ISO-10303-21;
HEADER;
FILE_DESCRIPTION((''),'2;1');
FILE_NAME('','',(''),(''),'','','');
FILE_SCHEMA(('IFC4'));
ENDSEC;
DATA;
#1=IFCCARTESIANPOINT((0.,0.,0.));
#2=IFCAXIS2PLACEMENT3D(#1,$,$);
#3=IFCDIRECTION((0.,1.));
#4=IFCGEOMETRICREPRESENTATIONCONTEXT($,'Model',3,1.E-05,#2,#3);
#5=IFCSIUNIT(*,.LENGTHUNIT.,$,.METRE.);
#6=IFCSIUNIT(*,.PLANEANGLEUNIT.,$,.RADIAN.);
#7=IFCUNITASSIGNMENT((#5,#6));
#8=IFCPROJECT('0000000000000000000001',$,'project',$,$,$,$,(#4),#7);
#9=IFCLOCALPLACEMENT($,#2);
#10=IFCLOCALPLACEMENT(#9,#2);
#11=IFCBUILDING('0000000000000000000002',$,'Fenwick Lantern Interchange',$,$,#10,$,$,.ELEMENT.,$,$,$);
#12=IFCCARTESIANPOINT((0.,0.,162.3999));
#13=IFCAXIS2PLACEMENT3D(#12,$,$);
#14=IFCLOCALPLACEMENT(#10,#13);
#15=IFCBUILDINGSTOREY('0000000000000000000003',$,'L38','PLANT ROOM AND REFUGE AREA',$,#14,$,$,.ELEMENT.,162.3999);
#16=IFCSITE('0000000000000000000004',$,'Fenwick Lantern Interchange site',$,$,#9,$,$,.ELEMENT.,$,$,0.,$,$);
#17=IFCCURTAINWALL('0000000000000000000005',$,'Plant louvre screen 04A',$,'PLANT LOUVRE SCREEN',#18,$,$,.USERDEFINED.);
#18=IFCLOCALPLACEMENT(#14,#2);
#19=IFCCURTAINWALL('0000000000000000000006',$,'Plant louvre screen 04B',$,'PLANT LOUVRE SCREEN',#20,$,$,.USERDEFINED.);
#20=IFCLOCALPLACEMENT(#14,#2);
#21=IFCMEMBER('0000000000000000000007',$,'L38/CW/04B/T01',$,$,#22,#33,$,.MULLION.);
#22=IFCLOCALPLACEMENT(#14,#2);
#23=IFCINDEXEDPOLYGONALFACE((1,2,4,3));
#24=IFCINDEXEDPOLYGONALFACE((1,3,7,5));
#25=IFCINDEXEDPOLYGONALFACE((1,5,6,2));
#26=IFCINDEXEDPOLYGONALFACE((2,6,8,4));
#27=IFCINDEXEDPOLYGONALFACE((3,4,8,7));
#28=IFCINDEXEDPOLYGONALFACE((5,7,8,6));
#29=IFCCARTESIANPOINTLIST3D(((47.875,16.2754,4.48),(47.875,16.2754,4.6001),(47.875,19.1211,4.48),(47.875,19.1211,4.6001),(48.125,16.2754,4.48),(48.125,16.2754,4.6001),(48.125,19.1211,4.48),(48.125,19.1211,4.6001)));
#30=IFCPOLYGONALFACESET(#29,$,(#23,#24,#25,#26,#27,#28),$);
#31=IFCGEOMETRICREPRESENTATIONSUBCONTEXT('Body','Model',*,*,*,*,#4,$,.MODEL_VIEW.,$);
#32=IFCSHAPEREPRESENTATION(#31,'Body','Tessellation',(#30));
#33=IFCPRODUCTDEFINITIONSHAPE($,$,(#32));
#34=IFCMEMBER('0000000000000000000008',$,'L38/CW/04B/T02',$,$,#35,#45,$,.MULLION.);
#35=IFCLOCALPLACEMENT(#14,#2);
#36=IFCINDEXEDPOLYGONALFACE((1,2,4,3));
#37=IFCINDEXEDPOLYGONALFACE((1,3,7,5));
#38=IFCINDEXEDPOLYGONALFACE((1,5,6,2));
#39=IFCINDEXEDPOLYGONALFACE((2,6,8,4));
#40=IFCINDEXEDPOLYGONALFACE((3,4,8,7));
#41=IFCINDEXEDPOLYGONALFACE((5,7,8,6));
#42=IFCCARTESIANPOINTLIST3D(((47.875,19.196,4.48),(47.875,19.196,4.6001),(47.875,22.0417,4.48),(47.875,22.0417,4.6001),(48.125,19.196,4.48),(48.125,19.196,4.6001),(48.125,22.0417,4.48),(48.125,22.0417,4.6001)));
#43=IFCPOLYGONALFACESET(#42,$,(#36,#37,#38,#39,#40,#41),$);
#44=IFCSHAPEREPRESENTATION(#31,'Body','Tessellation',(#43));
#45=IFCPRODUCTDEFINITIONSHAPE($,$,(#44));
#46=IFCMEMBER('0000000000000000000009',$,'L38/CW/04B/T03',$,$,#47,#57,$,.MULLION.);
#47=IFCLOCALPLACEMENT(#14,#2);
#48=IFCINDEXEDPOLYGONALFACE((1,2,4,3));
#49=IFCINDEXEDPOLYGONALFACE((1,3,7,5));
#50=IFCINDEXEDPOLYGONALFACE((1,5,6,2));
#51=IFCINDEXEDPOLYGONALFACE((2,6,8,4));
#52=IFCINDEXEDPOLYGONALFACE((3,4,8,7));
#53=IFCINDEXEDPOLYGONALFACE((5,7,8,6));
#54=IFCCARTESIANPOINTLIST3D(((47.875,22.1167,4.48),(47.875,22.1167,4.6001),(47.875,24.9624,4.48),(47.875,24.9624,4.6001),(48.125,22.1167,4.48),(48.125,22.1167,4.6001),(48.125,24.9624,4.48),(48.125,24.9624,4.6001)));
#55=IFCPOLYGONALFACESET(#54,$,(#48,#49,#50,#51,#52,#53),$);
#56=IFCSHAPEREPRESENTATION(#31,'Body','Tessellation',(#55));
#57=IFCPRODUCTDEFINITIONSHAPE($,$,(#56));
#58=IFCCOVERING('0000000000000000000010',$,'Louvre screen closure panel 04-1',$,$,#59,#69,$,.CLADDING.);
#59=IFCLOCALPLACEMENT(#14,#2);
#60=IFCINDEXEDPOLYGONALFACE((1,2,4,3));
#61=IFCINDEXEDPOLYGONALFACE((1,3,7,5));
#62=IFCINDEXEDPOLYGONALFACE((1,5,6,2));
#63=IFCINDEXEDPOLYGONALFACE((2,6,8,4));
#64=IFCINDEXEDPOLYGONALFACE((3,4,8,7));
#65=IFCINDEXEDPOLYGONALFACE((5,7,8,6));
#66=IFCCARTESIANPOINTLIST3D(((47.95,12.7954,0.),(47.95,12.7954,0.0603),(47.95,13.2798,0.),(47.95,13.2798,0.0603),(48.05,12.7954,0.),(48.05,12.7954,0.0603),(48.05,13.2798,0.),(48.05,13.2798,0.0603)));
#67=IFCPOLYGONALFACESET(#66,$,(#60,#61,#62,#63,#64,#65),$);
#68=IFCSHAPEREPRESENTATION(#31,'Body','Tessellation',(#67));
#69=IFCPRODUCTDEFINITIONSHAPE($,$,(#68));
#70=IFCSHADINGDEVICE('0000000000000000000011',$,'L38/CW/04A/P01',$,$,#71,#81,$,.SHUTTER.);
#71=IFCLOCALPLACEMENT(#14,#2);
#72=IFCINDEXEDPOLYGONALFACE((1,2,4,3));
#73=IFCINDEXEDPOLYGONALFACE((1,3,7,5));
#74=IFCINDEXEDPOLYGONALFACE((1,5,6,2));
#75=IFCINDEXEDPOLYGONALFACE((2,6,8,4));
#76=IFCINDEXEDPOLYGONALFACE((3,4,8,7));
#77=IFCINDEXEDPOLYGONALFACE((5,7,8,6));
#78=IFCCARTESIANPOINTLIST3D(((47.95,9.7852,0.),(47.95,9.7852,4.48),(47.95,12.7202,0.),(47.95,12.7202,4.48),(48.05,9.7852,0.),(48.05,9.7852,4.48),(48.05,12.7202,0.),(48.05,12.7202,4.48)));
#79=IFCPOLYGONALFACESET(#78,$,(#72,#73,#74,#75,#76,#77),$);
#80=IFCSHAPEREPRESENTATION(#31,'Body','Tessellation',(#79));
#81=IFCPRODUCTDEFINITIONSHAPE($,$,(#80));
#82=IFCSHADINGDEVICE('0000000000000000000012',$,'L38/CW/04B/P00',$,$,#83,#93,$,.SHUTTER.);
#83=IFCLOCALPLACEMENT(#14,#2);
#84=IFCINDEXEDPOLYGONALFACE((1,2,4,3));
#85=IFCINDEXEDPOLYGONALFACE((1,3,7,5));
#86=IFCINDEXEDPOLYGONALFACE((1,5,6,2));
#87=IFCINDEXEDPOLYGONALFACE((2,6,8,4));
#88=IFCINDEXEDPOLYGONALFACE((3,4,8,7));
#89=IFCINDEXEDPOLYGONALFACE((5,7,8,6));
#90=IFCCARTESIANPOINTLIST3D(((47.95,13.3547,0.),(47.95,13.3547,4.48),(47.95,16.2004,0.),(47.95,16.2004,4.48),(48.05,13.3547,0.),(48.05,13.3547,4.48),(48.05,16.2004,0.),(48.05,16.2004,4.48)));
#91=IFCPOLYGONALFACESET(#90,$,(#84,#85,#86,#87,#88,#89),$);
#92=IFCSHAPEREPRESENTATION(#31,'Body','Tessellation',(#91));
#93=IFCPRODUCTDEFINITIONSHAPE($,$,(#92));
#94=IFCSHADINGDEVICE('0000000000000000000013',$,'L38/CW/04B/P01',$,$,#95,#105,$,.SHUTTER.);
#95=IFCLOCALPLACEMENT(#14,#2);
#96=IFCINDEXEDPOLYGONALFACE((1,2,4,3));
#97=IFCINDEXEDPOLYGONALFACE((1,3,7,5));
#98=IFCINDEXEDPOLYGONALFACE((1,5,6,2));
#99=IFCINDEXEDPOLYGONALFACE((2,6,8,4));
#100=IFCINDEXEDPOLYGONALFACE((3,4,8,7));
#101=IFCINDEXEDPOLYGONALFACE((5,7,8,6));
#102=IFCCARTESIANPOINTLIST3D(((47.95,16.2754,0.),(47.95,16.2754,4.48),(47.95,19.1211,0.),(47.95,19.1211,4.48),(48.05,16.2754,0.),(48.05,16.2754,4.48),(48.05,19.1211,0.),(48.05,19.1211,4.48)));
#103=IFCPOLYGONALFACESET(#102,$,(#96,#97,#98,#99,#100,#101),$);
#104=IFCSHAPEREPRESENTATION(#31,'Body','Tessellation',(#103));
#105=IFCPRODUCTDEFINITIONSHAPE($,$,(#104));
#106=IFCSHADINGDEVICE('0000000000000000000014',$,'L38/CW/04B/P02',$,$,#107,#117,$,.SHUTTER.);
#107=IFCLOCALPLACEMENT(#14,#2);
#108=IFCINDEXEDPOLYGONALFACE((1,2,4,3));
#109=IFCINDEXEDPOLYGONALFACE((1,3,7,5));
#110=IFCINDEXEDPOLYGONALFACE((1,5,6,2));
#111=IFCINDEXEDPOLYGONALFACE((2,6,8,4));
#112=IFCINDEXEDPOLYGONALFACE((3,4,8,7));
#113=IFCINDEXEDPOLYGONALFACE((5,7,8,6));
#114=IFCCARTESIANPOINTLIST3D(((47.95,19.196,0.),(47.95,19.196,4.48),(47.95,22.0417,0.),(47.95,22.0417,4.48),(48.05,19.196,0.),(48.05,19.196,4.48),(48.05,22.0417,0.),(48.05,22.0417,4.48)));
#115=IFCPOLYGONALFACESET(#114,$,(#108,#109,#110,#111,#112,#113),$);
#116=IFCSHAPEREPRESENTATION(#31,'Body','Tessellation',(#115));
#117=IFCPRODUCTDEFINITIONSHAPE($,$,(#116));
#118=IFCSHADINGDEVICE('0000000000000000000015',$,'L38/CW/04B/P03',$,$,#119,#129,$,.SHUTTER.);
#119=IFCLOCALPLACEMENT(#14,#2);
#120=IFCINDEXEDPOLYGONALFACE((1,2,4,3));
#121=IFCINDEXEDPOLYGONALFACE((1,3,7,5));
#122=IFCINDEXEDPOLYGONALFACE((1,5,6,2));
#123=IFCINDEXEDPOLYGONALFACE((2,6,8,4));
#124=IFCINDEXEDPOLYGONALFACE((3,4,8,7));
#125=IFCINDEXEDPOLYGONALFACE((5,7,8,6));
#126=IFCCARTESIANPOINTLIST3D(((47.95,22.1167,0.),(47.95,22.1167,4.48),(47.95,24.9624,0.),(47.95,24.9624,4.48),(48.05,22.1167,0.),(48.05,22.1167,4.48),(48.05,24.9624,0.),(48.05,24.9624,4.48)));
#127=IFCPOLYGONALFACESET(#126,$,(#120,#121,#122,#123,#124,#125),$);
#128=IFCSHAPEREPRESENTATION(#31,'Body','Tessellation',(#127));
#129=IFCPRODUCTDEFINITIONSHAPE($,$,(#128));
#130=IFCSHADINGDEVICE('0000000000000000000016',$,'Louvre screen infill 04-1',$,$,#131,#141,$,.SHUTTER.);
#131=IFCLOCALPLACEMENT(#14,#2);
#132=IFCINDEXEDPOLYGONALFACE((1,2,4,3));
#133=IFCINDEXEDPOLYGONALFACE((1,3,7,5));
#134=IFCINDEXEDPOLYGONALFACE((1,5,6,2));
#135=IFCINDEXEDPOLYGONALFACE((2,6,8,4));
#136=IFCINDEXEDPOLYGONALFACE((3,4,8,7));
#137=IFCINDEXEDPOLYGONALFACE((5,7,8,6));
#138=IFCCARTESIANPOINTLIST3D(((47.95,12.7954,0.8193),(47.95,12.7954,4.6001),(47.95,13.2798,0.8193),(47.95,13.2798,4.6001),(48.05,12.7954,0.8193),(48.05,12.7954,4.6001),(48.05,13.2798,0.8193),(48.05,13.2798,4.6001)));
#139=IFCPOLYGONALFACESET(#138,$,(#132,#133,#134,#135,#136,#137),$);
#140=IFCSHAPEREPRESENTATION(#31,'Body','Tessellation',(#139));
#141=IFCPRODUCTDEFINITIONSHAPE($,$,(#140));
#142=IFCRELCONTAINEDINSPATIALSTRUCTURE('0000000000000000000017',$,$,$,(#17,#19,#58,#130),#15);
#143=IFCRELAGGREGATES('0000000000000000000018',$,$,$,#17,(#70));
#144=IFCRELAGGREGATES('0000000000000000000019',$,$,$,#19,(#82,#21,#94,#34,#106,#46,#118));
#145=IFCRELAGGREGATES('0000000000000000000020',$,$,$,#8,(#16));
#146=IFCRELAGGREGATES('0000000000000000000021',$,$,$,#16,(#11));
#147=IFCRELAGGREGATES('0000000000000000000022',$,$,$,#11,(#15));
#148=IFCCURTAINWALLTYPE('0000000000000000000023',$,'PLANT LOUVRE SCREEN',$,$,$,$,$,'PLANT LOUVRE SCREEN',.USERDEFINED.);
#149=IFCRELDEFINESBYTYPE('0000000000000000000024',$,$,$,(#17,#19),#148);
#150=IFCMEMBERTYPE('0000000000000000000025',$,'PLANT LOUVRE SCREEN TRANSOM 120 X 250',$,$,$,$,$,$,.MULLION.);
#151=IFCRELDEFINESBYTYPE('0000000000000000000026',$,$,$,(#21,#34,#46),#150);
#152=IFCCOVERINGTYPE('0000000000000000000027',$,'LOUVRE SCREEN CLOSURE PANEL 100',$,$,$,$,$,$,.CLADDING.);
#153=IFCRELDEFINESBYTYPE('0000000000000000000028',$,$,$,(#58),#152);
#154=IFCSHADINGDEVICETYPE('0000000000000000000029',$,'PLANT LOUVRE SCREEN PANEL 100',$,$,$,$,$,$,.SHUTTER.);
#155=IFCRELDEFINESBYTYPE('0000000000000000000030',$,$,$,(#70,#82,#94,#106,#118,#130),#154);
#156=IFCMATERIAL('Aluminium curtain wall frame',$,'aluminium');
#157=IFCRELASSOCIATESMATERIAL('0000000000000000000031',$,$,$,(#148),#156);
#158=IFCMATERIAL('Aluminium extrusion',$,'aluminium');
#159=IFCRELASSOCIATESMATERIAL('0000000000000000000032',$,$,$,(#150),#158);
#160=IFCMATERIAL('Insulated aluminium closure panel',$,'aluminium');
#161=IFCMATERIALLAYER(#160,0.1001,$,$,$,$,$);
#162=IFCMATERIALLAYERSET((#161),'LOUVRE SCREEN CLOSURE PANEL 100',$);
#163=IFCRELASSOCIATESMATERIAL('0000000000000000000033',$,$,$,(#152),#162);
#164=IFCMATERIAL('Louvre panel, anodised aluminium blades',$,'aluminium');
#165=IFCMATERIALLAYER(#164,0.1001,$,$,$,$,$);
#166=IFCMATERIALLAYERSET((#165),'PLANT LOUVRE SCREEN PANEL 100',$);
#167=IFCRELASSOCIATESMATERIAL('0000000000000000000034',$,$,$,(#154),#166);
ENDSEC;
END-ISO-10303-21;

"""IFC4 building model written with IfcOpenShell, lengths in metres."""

from ifc_helpers import new_model, si_unit, direction, frame, origin, origin_2d, place, context, subcontext, project, spatial, rectangle, extrude, material, layer, layer_set, material_profile, profile_set, type_object, element, aggregate, save


model = new_model("IFC4")

# Units and contexts
model_context = context("Model", 3, precision=1e-05, world=origin(), true_north=direction((0.0, 1.0)))
body_context = subcontext(model_context, "Body", "Model", "MODEL_VIEW")
ifc_project = project(units=[si_unit("LENGTHUNIT", "METRE"), si_unit("PLANEANGLEUNIT", "RADIAN")], contexts=[model_context])

# Site, building, storey
site_placement = place(None, origin())
site = spatial("IfcSite", under=ifc_project, at=site_placement, Name="Fenwick Lantern Interchange site", CompositionType="ELEMENT", RefElevation=0.0)
building_placement = place(site_placement, origin())
building = spatial("IfcBuilding", under=site, at=building_placement, Name="Fenwick Lantern Interchange", CompositionType="ELEMENT")
storey_placement = place(building_placement, frame((0.0, 0.0, 162.3999)))
storey = spatial("IfcBuildingStorey", under=building, at=storey_placement, Name="L38", Description="PLANT ROOM AND REFUGE AREA", CompositionType="ELEMENT", Elevation=162.3999)

# Curtain wall
ifc_material_1 = material(Name="Aluminium curtain wall frame", Category="aluminium")
curtain_wall_type = type_object("IfcCurtainWallType", Name="PLANT LOUVRE SCREEN", ElementType="PLANT LOUVRE SCREEN", PredefinedType="USERDEFINED", material=ifc_material_1)
curtain_wall_1_placement = place(storey_placement, origin())
curtain_wall_1 = element("IfcCurtainWall", 1, at=curtain_wall_1_placement, inside=storey, type_object=curtain_wall_type, Name="Plant louvre screen 04A", ObjectType="PLANT LOUVRE SCREEN", PredefinedType="USERDEFINED")
ifc_material_2 = material(Name="Aluminium extrusion", Category="aluminium")

# Curtain wall, members
curtain_wall_2_placement = place(storey_placement, origin())
curtain_wall_2 = element("IfcCurtainWall", 2, at=curtain_wall_2_placement, inside=storey, type_object=curtain_wall_type, Name="Plant louvre screen 04B", ObjectType="PLANT LOUVRE SCREEN", PredefinedType="USERDEFINED")
ifc_material_profile_1 = material_profile(ifc_material_2, rectangle(XDim=0.25, YDim=0.1201, at=origin_2d()), Name="PLANT LOUVRE SCREEN TRANSOM 120 X 250")
ifc_profile_set_1 = profile_set([ifc_material_profile_1], Name="Aluminium extrusion")
member_type_1 = type_object("IfcMemberType", Name="PLANT LOUVRE SCREEN TRANSOM 120 X 250", PredefinedType="MULLION", material=ifc_profile_set_1)
member_1_placement = place(storey_placement, frame((48.0, 16.2754, 4.54), z_axis=(0.0, 1.0, 0.0), x_axis=(-1.0, 0.0, 0.0)))
member_1 = element("IfcMember", 3, at=member_1_placement, type_object=member_type_1, Name="L38/CW/04B/T01", PredefinedType="MULLION", context=body_context, shape_type="SweptSolid", body=[
    extrude(rectangle(XDim=0.25, YDim=0.1201, at=origin_2d()), origin(), (0.0, 0.0, 1.0), 2.8457),
])
member_2_placement = place(storey_placement, frame((48.0, 19.196, 4.54), z_axis=(0.0, 1.0, 0.0), x_axis=(-1.0, 0.0, 0.0)))
member_2 = element("IfcMember", 4, at=member_2_placement, type_object=member_type_1, Name="L38/CW/04B/T02", PredefinedType="MULLION", context=body_context, shape_type="SweptSolid", body=[
    extrude(rectangle(XDim=0.25, YDim=0.1201, at=origin_2d()), origin(), (0.0, 0.0, 1.0), 2.8457),
])
member_3_placement = place(storey_placement, frame((48.0, 22.1167, 4.54), z_axis=(0.0, 1.0, 0.0), x_axis=(-1.0, 0.0, 0.0)))
member_3 = element("IfcMember", 5, at=member_3_placement, type_object=member_type_1, Name="L38/CW/04B/T03", PredefinedType="MULLION", context=body_context, shape_type="SweptSolid", body=[
    extrude(rectangle(XDim=0.25, YDim=0.1201, at=origin_2d()), origin(), (0.0, 0.0, 1.0), 2.8457),
])

# Covering
ifc_material_3 = material(Name="Insulated aluminium closure panel", Category="aluminium")
ifc_layer_1 = layer(ifc_material_3, 0.1001)
ifc_layer_set_1 = layer_set([ifc_layer_1], Name="LOUVRE SCREEN CLOSURE PANEL 100")
covering_type = type_object("IfcCoveringType", Name="LOUVRE SCREEN CLOSURE PANEL 100", PredefinedType="CLADDING", material=ifc_layer_set_1)
covering_placement = place(storey_placement, frame((48.0, 13.0376, 0.0), z_axis=(0.0, 0.0, 1.0), x_axis=(0.0, 1.0, 0.0)))
element("IfcCovering", 6, at=covering_placement, inside=storey, type_object=covering_type, Name="Louvre screen closure panel 04-1", PredefinedType="CLADDING", context=body_context, shape_type="SweptSolid", body=[
    extrude(rectangle(XDim=0.4844, YDim=0.1001, at=origin_2d()), origin(), (0.0, 0.0, 1.0), 0.0603),
])

# Shading devices
ifc_material_4 = material(Name="Louvre panel, anodised aluminium blades", Category="aluminium")
ifc_layer_2 = layer(ifc_material_4, 0.1001)
ifc_layer_set_2 = layer_set([ifc_layer_2], Name="PLANT LOUVRE SCREEN PANEL 100")
shading_device_type = type_object("IfcShadingDeviceType", Name="PLANT LOUVRE SCREEN PANEL 100", PredefinedType="SHUTTER", material=ifc_layer_set_2)
shading_device_1_placement = place(storey_placement, frame((48.0, 11.2527, 0.0), z_axis=(0.0, 0.0, 1.0), x_axis=(0.0, 1.0, 0.0)))
shading_device_1 = element("IfcShadingDevice", 7, at=shading_device_1_placement, type_object=shading_device_type, Name="L38/CW/04A/P01", PredefinedType="SHUTTER", context=body_context, shape_type="SweptSolid", body=[
    extrude(rectangle(XDim=2.9351, YDim=0.1001, at=origin_2d()), origin(), (0.0, 0.0, 1.0), 4.48),
])
aggregate(curtain_wall_1, [shading_device_1])
shading_device_2_placement = place(storey_placement, frame((48.0, 14.7776, 0.0), z_axis=(0.0, 0.0, 1.0), x_axis=(0.0, 1.0, 0.0)))
shading_device_2 = element("IfcShadingDevice", 8, at=shading_device_2_placement, type_object=shading_device_type, Name="L38/CW/04B/P00", PredefinedType="SHUTTER", context=body_context, shape_type="SweptSolid", body=[
    extrude(rectangle(XDim=2.8457, YDim=0.1001, at=origin_2d()), origin(), (0.0, 0.0, 1.0), 4.48),
])
shading_device_3_placement = place(storey_placement, frame((48.0, 17.6982, 0.0), z_axis=(0.0, 0.0, 1.0), x_axis=(0.0, 1.0, 0.0)))
shading_device_3 = element("IfcShadingDevice", 9, at=shading_device_3_placement, type_object=shading_device_type, Name="L38/CW/04B/P01", PredefinedType="SHUTTER", context=body_context, shape_type="SweptSolid", body=[
    extrude(rectangle(XDim=2.8457, YDim=0.1001, at=origin_2d()), origin(), (0.0, 0.0, 1.0), 4.48),
])
shading_device_4_placement = place(storey_placement, frame((48.0, 20.6189, 0.0), z_axis=(0.0, 0.0, 1.0), x_axis=(0.0, 1.0, 0.0)))
shading_device_4 = element("IfcShadingDevice", 10, at=shading_device_4_placement, type_object=shading_device_type, Name="L38/CW/04B/P02", PredefinedType="SHUTTER", context=body_context, shape_type="SweptSolid", body=[
    extrude(rectangle(XDim=2.8457, YDim=0.1001, at=origin_2d()), origin(), (0.0, 0.0, 1.0), 4.48),
])
shading_device_5_placement = place(storey_placement, frame((48.0, 23.5396, 0.0), z_axis=(0.0, 0.0, 1.0), x_axis=(0.0, 1.0, 0.0)))
shading_device_5 = element("IfcShadingDevice", 11, at=shading_device_5_placement, type_object=shading_device_type, Name="L38/CW/04B/P03", PredefinedType="SHUTTER", context=body_context, shape_type="SweptSolid", body=[
    extrude(rectangle(XDim=2.8457, YDim=0.1001, at=origin_2d()), origin(), (0.0, 0.0, 1.0), 4.48),
])
aggregate(curtain_wall_2, [shading_device_2, member_1, shading_device_3, member_2, shading_device_4, member_3, shading_device_5])
shading_device_6_placement = place(storey_placement, frame((48.0, 13.0376, 0.8193), z_axis=(0.0, 0.0, 1.0), x_axis=(0.0, 1.0, 0.0)))
element("IfcShadingDevice", 12, at=shading_device_6_placement, inside=storey, type_object=shading_device_type, Name="Louvre screen infill 04-1", PredefinedType="SHUTTER", context=body_context, shape_type="SweptSolid", body=[
    extrude(rectangle(XDim=0.4844, YDim=0.1001, at=origin_2d()), origin(), (0.0, 0.0, 1.0), 3.7808),
])

save(model, "model.ifc")
